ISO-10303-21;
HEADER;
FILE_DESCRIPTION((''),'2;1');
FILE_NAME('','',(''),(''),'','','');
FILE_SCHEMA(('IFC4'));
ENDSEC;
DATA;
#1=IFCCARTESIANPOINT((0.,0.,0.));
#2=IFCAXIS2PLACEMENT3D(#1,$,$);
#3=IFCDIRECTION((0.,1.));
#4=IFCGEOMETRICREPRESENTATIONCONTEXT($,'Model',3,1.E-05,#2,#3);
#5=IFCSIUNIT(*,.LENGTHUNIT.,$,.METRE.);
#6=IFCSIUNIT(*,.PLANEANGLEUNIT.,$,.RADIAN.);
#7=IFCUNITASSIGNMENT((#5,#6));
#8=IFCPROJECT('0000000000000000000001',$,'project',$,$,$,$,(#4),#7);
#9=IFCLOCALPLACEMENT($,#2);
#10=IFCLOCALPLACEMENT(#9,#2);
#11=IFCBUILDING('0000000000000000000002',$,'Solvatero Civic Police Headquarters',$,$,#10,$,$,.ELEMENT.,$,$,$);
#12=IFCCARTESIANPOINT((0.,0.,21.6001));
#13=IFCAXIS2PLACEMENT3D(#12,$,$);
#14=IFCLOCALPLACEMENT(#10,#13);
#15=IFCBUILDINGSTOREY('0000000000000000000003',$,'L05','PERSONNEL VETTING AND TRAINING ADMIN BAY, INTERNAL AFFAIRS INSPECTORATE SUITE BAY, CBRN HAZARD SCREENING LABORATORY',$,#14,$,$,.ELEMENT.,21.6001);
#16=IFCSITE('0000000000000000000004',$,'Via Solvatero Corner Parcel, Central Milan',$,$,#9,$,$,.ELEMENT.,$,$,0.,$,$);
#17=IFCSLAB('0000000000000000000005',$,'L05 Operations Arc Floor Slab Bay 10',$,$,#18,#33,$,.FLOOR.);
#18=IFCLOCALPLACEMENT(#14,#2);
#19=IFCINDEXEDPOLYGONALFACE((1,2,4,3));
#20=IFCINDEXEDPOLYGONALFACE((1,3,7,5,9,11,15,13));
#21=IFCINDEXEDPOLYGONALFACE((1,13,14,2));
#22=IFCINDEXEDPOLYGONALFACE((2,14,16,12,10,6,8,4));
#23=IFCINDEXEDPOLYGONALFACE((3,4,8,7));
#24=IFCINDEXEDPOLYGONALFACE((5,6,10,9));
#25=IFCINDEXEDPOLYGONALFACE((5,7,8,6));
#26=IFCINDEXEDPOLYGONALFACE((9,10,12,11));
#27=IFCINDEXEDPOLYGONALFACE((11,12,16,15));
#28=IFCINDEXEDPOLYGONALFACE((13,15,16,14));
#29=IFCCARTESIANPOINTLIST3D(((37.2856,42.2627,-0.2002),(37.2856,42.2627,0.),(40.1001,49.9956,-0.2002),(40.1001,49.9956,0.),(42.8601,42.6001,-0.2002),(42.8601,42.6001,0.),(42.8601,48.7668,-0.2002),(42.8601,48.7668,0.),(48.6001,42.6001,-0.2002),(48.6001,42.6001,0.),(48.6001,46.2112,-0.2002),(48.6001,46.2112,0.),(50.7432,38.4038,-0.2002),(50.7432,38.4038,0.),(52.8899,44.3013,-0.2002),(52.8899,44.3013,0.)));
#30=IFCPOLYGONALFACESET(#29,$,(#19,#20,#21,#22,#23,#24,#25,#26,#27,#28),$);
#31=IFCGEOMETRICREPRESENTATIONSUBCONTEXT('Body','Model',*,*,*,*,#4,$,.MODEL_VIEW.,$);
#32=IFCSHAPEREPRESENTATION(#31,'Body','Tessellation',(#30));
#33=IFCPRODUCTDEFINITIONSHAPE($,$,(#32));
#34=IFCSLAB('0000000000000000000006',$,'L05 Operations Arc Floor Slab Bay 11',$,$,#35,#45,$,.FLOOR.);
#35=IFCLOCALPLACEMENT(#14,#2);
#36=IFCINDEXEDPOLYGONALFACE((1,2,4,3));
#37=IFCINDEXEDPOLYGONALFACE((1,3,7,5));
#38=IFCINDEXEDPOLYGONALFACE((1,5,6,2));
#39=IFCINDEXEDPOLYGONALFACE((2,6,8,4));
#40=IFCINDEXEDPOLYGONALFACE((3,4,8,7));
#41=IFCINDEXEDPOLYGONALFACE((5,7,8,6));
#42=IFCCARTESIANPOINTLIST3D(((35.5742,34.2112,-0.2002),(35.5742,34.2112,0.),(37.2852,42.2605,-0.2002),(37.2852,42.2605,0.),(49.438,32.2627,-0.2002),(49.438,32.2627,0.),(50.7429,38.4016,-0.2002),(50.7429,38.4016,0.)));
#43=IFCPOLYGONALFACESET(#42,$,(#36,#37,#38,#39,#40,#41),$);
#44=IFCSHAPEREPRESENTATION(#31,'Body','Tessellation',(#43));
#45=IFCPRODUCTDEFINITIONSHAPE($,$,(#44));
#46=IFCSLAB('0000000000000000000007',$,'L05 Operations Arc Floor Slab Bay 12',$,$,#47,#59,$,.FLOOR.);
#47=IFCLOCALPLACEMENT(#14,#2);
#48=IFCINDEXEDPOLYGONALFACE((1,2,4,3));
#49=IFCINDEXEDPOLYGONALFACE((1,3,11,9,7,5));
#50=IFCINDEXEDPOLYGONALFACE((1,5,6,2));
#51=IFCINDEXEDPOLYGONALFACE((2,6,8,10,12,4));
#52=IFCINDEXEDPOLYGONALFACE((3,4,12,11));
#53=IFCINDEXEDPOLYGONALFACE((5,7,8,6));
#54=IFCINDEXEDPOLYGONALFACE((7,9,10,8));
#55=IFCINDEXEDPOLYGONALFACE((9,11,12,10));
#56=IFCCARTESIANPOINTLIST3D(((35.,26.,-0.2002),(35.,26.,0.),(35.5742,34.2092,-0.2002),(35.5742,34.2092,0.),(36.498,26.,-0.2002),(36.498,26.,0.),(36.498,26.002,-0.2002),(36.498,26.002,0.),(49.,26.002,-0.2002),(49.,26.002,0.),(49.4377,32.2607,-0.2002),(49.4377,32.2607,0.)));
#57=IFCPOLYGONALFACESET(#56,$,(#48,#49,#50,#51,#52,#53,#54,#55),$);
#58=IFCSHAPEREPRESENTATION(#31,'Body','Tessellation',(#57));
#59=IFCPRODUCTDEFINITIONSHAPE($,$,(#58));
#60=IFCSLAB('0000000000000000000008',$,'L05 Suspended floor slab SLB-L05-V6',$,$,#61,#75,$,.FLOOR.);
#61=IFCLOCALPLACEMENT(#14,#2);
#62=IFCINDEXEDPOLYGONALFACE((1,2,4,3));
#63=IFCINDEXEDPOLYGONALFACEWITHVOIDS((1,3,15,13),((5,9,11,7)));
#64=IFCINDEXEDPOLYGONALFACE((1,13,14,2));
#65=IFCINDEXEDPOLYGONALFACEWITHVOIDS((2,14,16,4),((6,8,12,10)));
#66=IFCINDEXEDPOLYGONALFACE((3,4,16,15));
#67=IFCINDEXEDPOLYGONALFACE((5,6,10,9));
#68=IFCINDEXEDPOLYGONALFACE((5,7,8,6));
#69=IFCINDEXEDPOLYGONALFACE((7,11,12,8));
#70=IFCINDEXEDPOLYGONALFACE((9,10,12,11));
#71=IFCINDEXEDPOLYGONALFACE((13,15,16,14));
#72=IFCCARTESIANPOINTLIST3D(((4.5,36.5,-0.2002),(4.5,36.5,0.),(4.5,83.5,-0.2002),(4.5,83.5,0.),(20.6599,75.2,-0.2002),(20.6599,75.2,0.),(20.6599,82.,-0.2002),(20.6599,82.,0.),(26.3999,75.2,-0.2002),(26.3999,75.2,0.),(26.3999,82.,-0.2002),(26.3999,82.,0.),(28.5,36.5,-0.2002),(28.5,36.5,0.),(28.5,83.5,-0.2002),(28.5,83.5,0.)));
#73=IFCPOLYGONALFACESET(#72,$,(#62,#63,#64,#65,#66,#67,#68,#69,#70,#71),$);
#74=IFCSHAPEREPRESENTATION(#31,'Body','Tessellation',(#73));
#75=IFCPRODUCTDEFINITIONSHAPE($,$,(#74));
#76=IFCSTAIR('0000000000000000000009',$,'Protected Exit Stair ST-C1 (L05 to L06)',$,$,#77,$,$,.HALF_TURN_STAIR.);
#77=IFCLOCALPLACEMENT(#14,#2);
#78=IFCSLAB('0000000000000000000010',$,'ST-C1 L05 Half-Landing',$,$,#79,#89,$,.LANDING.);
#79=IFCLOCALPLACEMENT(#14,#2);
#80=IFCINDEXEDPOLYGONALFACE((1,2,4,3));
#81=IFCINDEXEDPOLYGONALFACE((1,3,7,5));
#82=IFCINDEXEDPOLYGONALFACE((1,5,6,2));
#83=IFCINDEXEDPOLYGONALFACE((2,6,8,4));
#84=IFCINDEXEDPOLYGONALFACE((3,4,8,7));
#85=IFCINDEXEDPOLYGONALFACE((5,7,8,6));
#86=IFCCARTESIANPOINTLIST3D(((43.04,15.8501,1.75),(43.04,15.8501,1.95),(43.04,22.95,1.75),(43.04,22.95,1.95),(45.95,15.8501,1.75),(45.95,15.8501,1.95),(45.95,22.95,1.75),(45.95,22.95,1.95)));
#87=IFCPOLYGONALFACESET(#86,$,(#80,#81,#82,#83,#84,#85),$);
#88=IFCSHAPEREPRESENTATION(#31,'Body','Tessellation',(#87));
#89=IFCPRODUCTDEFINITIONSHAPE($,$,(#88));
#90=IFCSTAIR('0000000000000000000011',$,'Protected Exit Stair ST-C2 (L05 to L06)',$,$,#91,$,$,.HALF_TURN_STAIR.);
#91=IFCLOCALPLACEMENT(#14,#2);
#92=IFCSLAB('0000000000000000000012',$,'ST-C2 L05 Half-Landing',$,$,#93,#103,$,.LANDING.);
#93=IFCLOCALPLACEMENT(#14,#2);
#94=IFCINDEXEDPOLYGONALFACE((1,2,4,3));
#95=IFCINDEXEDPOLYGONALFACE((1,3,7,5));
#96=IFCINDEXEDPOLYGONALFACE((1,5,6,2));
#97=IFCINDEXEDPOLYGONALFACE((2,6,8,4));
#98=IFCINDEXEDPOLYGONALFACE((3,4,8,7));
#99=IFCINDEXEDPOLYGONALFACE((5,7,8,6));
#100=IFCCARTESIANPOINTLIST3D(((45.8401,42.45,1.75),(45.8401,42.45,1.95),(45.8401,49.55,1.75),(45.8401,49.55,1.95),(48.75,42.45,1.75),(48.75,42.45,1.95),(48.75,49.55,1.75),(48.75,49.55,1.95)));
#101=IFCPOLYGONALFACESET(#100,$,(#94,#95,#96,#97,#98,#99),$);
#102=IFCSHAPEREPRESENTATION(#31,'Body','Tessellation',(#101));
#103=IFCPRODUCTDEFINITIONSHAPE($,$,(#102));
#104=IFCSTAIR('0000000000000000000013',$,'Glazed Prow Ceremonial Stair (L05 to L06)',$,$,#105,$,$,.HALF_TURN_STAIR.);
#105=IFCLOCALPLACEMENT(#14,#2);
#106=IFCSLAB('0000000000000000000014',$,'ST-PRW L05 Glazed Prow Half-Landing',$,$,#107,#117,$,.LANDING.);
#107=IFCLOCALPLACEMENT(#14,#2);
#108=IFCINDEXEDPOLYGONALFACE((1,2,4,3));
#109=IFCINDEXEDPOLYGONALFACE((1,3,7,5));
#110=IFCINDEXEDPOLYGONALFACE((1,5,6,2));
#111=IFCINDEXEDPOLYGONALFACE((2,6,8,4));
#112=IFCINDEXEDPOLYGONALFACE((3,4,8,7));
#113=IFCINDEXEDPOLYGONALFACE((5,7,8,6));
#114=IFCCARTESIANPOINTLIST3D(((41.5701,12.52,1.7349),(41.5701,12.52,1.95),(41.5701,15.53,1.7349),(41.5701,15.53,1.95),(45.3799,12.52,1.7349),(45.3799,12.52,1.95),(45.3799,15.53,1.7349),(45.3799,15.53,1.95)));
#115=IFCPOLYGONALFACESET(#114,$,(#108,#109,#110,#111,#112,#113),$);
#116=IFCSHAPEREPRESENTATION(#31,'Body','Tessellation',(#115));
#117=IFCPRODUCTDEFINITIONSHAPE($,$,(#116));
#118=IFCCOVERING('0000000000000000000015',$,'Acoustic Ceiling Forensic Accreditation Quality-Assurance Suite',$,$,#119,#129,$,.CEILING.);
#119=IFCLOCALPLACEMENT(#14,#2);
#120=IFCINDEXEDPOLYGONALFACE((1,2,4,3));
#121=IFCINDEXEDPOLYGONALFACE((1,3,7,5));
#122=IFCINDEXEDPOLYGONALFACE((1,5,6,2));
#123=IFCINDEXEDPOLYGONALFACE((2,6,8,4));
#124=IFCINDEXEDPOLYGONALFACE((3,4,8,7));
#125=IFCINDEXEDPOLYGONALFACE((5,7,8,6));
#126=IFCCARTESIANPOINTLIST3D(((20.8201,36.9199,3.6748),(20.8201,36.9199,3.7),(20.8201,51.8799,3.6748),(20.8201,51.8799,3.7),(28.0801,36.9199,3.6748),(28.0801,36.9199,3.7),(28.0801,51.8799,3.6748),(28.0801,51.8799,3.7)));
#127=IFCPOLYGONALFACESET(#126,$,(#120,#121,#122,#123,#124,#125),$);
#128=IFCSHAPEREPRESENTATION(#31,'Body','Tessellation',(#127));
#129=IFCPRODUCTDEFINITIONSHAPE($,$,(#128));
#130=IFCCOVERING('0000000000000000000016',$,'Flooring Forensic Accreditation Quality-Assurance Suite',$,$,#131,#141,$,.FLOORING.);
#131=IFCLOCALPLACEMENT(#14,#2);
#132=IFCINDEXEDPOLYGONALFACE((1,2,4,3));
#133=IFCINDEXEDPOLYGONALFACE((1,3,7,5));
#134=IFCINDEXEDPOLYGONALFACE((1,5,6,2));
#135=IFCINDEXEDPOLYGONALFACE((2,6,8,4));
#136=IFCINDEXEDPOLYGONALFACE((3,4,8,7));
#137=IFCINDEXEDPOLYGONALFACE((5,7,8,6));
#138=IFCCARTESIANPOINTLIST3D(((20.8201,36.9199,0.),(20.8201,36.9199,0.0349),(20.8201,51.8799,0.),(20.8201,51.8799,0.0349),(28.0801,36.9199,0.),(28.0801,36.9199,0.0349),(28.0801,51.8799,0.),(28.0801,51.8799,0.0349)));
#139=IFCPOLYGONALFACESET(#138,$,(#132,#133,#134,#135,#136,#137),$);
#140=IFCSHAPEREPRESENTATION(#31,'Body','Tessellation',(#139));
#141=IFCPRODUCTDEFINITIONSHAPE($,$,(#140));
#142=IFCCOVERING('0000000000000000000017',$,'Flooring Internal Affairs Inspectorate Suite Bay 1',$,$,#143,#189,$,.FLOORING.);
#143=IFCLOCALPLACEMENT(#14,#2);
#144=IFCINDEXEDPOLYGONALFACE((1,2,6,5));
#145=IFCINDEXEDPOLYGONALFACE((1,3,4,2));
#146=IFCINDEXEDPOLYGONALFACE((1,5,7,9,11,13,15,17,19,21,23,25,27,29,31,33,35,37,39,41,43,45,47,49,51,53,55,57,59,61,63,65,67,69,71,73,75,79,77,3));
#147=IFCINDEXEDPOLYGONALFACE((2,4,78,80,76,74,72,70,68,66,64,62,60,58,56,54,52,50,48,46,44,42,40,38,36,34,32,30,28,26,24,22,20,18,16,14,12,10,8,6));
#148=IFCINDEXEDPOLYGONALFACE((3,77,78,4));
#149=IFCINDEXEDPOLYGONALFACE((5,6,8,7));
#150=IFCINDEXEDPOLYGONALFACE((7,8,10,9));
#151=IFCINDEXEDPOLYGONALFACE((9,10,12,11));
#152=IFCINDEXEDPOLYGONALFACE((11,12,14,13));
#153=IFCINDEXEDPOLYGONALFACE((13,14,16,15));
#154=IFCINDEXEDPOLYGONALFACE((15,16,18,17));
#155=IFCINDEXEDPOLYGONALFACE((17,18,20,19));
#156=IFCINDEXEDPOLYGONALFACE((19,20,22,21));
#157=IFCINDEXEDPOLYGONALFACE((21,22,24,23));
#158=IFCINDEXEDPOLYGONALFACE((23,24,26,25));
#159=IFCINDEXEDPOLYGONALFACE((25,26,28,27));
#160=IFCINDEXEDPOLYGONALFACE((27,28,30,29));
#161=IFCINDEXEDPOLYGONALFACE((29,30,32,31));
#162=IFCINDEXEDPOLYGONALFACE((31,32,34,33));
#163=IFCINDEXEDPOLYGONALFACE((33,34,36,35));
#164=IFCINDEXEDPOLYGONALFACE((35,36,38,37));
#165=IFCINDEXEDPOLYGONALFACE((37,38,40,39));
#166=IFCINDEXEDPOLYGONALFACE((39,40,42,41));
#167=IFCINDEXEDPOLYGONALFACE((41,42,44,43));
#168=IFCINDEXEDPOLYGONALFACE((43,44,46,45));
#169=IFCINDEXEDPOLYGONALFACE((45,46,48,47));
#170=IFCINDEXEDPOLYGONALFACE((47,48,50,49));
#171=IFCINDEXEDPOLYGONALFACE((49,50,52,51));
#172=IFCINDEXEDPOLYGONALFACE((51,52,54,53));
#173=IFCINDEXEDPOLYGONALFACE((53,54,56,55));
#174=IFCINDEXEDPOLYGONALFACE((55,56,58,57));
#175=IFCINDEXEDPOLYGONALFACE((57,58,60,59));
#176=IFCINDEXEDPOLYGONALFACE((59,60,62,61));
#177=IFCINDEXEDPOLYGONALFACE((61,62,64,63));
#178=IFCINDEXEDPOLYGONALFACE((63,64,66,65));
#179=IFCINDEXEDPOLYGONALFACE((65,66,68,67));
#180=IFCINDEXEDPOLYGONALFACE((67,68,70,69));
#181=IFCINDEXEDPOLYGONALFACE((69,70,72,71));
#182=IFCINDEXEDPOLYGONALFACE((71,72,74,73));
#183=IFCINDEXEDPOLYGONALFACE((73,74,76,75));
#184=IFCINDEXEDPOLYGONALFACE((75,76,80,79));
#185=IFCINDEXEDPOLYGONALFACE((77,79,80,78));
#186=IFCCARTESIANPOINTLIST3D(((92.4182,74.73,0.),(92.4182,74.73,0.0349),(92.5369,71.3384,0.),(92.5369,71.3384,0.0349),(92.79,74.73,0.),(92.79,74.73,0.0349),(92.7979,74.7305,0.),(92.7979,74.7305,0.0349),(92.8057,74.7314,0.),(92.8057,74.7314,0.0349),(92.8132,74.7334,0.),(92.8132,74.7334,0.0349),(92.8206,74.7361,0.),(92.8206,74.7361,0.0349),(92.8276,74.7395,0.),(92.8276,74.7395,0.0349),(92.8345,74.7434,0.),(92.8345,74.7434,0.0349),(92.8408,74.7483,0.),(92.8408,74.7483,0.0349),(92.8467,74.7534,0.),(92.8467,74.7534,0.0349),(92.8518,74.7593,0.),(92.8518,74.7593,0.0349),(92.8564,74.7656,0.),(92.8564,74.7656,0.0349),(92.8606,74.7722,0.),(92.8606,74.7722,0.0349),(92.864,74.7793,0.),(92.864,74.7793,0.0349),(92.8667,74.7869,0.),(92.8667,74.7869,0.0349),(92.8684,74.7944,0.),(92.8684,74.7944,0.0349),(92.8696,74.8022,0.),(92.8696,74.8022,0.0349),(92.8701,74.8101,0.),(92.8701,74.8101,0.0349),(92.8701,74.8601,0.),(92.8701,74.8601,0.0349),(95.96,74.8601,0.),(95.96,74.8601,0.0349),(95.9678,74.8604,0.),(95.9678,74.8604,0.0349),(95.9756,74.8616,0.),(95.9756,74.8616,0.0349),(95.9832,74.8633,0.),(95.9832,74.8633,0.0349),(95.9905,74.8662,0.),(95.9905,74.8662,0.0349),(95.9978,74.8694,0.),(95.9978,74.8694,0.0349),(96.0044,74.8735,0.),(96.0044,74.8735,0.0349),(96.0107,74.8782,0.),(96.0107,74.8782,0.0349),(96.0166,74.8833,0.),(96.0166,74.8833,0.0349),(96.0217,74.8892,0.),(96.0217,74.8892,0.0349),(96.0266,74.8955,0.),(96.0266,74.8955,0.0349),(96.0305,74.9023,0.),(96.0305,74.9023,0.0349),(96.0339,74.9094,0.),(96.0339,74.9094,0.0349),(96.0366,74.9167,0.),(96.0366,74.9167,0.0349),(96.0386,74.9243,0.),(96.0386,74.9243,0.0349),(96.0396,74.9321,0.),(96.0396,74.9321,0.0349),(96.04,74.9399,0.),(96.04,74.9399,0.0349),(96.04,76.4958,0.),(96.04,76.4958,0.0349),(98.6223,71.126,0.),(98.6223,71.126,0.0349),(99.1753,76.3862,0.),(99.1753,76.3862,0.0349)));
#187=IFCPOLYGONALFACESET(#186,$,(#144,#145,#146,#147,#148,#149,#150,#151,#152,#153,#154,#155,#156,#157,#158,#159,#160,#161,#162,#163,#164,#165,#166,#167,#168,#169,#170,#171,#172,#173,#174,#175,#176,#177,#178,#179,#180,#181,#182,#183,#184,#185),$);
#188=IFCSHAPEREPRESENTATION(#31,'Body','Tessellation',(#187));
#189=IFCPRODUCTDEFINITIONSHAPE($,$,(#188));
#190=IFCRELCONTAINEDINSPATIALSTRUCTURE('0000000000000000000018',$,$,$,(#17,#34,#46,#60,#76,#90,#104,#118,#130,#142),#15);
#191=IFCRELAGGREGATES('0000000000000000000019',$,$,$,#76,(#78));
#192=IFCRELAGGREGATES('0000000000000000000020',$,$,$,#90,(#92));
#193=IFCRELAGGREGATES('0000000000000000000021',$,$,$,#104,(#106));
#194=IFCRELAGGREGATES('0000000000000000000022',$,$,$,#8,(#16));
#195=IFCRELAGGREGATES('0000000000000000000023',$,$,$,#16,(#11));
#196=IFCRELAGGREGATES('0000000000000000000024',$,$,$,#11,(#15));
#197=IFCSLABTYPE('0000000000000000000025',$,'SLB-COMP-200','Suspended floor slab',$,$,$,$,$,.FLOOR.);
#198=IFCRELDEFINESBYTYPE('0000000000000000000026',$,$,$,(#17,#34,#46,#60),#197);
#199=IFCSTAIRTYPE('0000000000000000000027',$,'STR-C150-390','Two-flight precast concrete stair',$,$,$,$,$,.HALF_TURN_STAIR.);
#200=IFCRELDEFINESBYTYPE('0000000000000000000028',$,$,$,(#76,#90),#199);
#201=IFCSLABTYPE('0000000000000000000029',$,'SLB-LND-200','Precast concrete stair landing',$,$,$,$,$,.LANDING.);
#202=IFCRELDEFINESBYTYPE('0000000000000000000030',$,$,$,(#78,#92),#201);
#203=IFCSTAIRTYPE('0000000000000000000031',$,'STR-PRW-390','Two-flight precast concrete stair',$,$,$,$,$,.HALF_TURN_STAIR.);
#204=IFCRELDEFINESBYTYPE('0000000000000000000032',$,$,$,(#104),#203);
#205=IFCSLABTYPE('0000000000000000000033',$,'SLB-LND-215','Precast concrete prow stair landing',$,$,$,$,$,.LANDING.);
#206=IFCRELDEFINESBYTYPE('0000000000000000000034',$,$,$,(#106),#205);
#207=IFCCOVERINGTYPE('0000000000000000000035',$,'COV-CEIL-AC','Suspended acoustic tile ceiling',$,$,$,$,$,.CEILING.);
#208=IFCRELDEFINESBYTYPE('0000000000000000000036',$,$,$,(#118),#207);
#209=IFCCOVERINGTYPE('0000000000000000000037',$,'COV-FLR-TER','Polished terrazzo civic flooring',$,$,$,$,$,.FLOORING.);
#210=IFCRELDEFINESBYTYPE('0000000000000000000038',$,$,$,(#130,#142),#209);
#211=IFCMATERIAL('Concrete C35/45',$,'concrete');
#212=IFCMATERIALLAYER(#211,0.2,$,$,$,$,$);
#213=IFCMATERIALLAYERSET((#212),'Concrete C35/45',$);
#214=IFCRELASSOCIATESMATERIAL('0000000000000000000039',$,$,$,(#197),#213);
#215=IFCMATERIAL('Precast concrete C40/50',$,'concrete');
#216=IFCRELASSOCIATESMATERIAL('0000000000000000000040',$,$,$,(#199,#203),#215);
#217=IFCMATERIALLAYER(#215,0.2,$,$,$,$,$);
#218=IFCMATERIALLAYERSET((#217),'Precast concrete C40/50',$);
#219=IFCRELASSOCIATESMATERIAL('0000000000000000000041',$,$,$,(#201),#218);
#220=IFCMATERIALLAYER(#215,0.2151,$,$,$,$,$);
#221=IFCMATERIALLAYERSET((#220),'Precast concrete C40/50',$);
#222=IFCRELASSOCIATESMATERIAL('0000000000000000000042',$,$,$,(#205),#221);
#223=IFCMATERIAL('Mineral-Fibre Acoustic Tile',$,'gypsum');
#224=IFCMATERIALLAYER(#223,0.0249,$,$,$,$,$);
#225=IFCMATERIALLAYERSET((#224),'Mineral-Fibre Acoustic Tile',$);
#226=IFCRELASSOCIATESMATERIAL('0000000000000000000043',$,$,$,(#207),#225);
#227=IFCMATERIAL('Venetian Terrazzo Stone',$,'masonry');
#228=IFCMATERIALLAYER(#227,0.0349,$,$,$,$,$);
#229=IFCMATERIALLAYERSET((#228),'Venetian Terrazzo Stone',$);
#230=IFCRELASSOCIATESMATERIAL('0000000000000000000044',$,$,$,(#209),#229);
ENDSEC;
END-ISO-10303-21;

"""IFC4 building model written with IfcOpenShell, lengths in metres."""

from ifc_helpers import new_model, si_unit, direction, frame, origin, place, context, subcontext, project, spatial, polyline, outline, extrude, material, layer, layer_set, type_object, element, aggregate, save


model = new_model("IFC4")

# Units and contexts
model_context = context("Model", 3, precision=1e-05, world=origin(), true_north=direction((0.0, 1.0)))
body_context = subcontext(model_context, "Body", "Model", "MODEL_VIEW")
ifc_project = project(units=[si_unit("LENGTHUNIT", "METRE"), si_unit("PLANEANGLEUNIT", "RADIAN")], contexts=[model_context])

# Site, building, storey
site_placement = place(None, origin())
site = spatial("IfcSite", under=ifc_project, at=site_placement, Name="Via Solvatero Corner Parcel, Central Milan", CompositionType="ELEMENT", RefElevation=0.0)
building_placement = place(site_placement, origin())
building = spatial("IfcBuilding", under=site, at=building_placement, Name="Solvatero Civic Police Headquarters", CompositionType="ELEMENT")
storey_placement = place(building_placement, frame((0.0, 0.0, 21.6001)))
storey = spatial("IfcBuildingStorey", under=building, at=storey_placement, Name="L05", Description="PERSONNEL VETTING AND TRAINING ADMIN BAY, INTERNAL AFFAIRS INSPECTORATE SUITE BAY, CBRN HAZARD SCREENING LABORATORY", CompositionType="ELEMENT", Elevation=21.6001)

# Slabs
ifc_material_1 = material(Name="Concrete C35/45", Category="concrete")
ifc_layer_1 = layer(ifc_material_1, 0.2)
ifc_layer_set_1 = layer_set([ifc_layer_1], Name="Concrete C35/45")
slab_type_1 = type_object("IfcSlabType", Name="SLB-COMP-200", Description="Suspended floor slab", PredefinedType="FLOOR", material=ifc_layer_set_1)
slab_1_placement = place(storey_placement, frame((0.0, 0.0, -0.2002)))
element("IfcSlab", 1, at=slab_1_placement, inside=storey, type_object=slab_type_1, Name="L05 Operations Arc Floor Slab Bay 10", PredefinedType="FLOOR", context=body_context, shape_type="SweptSolid", body=[
    extrude(outline(polyline([(37.2856, 42.2627), (40.1001, 49.9956), (42.8601, 48.7668), (42.8601, 42.6001), (48.6001, 42.6001), (48.6001, 46.2112), (52.8899, 44.3013), (50.7432, 38.4038), (37.2856, 42.2627)])), origin(), (0.0, 0.0, 1.0), 0.2002),
])
slab_2_placement = place(storey_placement, frame((0.0, 0.0, -0.2002)))
element("IfcSlab", 2, at=slab_2_placement, inside=storey, type_object=slab_type_1, Name="L05 Operations Arc Floor Slab Bay 11", PredefinedType="FLOOR", context=body_context, shape_type="SweptSolid", body=[
    extrude(outline(polyline([(37.2852, 42.2605), (50.7429, 38.4016), (49.438, 32.2627), (35.5742, 34.2112), (37.2852, 42.2605)])), origin(), (0.0, 0.0, 1.0), 0.2002),
])
slab_3_placement = place(storey_placement, frame((0.0, 0.0, -0.2002)))
element("IfcSlab", 3, at=slab_3_placement, inside=storey, type_object=slab_type_1, Name="L05 Operations Arc Floor Slab Bay 12", PredefinedType="FLOOR", context=body_context, shape_type="SweptSolid", body=[
    extrude(outline(polyline([(35.5742, 34.2092), (49.4377, 32.2607), (49.0, 26.002), (36.498, 26.002), (36.498, 26.0), (35.0, 26.0), (35.5742, 34.2092)])), origin(), (0.0, 0.0, 1.0), 0.2002),
])
slab_4_placement = place(storey_placement, frame((0.0, 0.0, -0.2002)))
element("IfcSlab", 4, at=slab_4_placement, inside=storey, type_object=slab_type_1, Name="L05 Suspended floor slab SLB-L05-V6", PredefinedType="FLOOR", context=body_context, shape_type="SweptSolid", body=[
    extrude(outline(polyline([(4.5, 83.5), (28.5, 83.5), (28.5, 36.5), (4.5, 36.5), (4.5, 83.5)]), holes=[polyline([(26.3999, 82.0), (20.6599, 82.0), (20.6599, 75.2), (26.3999, 75.2), (26.3999, 82.0)])]), origin(), (0.0, 0.0, 1.0), 0.2002),
])

# Stairs, slabs
ifc_material_2 = material(Name="Precast concrete C40/50", Category="concrete")
stair_type_1 = type_object("IfcStairType", Name="STR-C150-390", Description="Two-flight precast concrete stair", PredefinedType="HALF_TURN_STAIR", material=ifc_material_2)
stair_1_placement = place(storey_placement, origin())
stair_1 = element("IfcStair", 5, at=stair_1_placement, inside=storey, type_object=stair_type_1, Name="Protected Exit Stair ST-C1 (L05 to L06)", PredefinedType="HALF_TURN_STAIR")
ifc_layer_2 = layer(ifc_material_2, 0.2)
ifc_layer_set_2 = layer_set([ifc_layer_2], Name="Precast concrete C40/50")
slab_type_2 = type_object("IfcSlabType", Name="SLB-LND-200", Description="Precast concrete stair landing", PredefinedType="LANDING", material=ifc_layer_set_2)
slab_5_placement = place(storey_placement, frame((0.0, 0.0, 1.75)))
slab_5 = element("IfcSlab", 6, at=slab_5_placement, type_object=slab_type_2, Name="ST-C1 L05 Half-Landing", PredefinedType="LANDING", context=body_context, shape_type="SweptSolid", body=[
    extrude(outline(polyline([(43.04, 15.8501), (45.95, 15.8501), (45.95, 22.95), (43.04, 22.95), (43.04, 15.8501)])), origin(), (0.0, 0.0, 1.0), 0.2),
])
aggregate(stair_1, [slab_5])
stair_2_placement = place(storey_placement, origin())
stair_2 = element("IfcStair", 7, at=stair_2_placement, inside=storey, type_object=stair_type_1, Name="Protected Exit Stair ST-C2 (L05 to L06)", PredefinedType="HALF_TURN_STAIR")
slab_6_placement = place(storey_placement, frame((0.0, 0.0, 1.75)))
slab_6 = element("IfcSlab", 8, at=slab_6_placement, type_object=slab_type_2, Name="ST-C2 L05 Half-Landing", PredefinedType="LANDING", context=body_context, shape_type="SweptSolid", body=[
    extrude(outline(polyline([(45.8401, 42.45), (48.75, 42.45), (48.75, 49.55), (45.8401, 49.55), (45.8401, 42.45)])), origin(), (0.0, 0.0, 1.0), 0.2),
])
aggregate(stair_2, [slab_6])
stair_type_2 = type_object("IfcStairType", Name="STR-PRW-390", Description="Two-flight precast concrete stair", PredefinedType="HALF_TURN_STAIR", material=ifc_material_2)
stair_3_placement = place(storey_placement, origin())
stair_3 = element("IfcStair", 9, at=stair_3_placement, inside=storey, type_object=stair_type_2, Name="Glazed Prow Ceremonial Stair (L05 to L06)", PredefinedType="HALF_TURN_STAIR")
ifc_layer_3 = layer(ifc_material_2, 0.2151)
ifc_layer_set_3 = layer_set([ifc_layer_3], Name="Precast concrete C40/50")
slab_type_3 = type_object("IfcSlabType", Name="SLB-LND-215", Description="Precast concrete prow stair landing", PredefinedType="LANDING", material=ifc_layer_set_3)
slab_7_placement = place(storey_placement, frame((0.0, 0.0, 1.7349)))
slab_7 = element("IfcSlab", 10, at=slab_7_placement, type_object=slab_type_3, Name="ST-PRW L05 Glazed Prow Half-Landing", PredefinedType="LANDING", context=body_context, shape_type="SweptSolid", body=[
    extrude(outline(polyline([(41.5701, 12.52), (45.3799, 12.52), (45.3799, 15.53), (41.5701, 15.53), (41.5701, 12.52)])), origin(), (0.0, 0.0, 1.0), 0.2151),
])
aggregate(stair_3, [slab_7])

# Coverings
ifc_material_3 = material(Name="Mineral-Fibre Acoustic Tile", Category="gypsum")
ifc_layer_4 = layer(ifc_material_3, 0.0249)
ifc_layer_set_4 = layer_set([ifc_layer_4], Name="Mineral-Fibre Acoustic Tile")
covering_type_1 = type_object("IfcCoveringType", Name="COV-CEIL-AC", Description="Suspended acoustic tile ceiling", PredefinedType="CEILING", material=ifc_layer_set_4)
covering_1_placement = place(storey_placement, frame((0.0, 0.0, 3.6748)))
element("IfcCovering", 11, at=covering_1_placement, inside=storey, type_object=covering_type_1, Name="Acoustic Ceiling Forensic Accreditation Quality-Assurance Suite", PredefinedType="CEILING", context=body_context, shape_type="SweptSolid", body=[
    extrude(outline(polyline([(28.0801, 51.8799), (28.0801, 36.9199), (20.8201, 36.9199), (20.8201, 51.8799), (28.0801, 51.8799)])), origin(), (0.0, 0.0, 1.0), 0.0251),
])
ifc_material_4 = material(Name="Venetian Terrazzo Stone", Category="masonry")
ifc_layer_5 = layer(ifc_material_4, 0.0349)
ifc_layer_set_5 = layer_set([ifc_layer_5], Name="Venetian Terrazzo Stone")
covering_type_2 = type_object("IfcCoveringType", Name="COV-FLR-TER", Description="Polished terrazzo civic flooring", PredefinedType="FLOORING", material=ifc_layer_set_5)
covering_2_placement = place(storey_placement, origin())
element("IfcCovering", 12, at=covering_2_placement, inside=storey, type_object=covering_type_2, Name="Flooring Forensic Accreditation Quality-Assurance Suite", PredefinedType="FLOORING", context=body_context, shape_type="SweptSolid", body=[
    extrude(outline(polyline([(28.0801, 51.8799), (28.0801, 36.9199), (20.8201, 36.9199), (20.8201, 51.8799), (28.0801, 51.8799)])), origin(), (0.0, 0.0, 1.0), 0.0349),
])
covering_3_placement = place(storey_placement, origin())
element("IfcCovering", 13, at=covering_3_placement, inside=storey, type_object=covering_type_2, Name="Flooring Internal Affairs Inspectorate Suite Bay 1", PredefinedType="FLOORING", context=body_context, shape_type="SweptSolid", body=[
    extrude(outline(polyline([(99.1753, 76.3862), (98.6223, 71.126), (92.5369, 71.3384), (92.4182, 74.73), (92.79, 74.73), (92.7979, 74.7305), (92.8057, 74.7314), (92.8132, 74.7334), (92.8206, 74.7361), (92.8276, 74.7395), (92.8345, 74.7434), (92.8408, 74.7483), (92.8467, 74.7534), (92.8518, 74.7593), (92.8564, 74.7656), (92.8606, 74.7722), (92.864, 74.7793), (92.8667, 74.7869), (92.8684, 74.7944), (92.8696, 74.8022), (92.8701, 74.8101), (92.8701, 74.8601), (95.96, 74.8601), (95.9678, 74.8604), (95.9756, 74.8616), (95.9832, 74.8633), (95.9905, 74.8662), (95.9978, 74.8694), (96.0044, 74.8735), (96.0107, 74.8782), (96.0166, 74.8833), (96.0217, 74.8892), (96.0266, 74.8955), (96.0305, 74.9023), (96.0339, 74.9094), (96.0366, 74.9167), (96.0386, 74.9243), (96.0396, 74.9321), (96.04, 74.9399), (96.04, 76.4958), (99.1753, 76.3862)])), origin(), (0.0, 0.0, 1.0), 0.0349),
])

save(model, "model.ifc")
